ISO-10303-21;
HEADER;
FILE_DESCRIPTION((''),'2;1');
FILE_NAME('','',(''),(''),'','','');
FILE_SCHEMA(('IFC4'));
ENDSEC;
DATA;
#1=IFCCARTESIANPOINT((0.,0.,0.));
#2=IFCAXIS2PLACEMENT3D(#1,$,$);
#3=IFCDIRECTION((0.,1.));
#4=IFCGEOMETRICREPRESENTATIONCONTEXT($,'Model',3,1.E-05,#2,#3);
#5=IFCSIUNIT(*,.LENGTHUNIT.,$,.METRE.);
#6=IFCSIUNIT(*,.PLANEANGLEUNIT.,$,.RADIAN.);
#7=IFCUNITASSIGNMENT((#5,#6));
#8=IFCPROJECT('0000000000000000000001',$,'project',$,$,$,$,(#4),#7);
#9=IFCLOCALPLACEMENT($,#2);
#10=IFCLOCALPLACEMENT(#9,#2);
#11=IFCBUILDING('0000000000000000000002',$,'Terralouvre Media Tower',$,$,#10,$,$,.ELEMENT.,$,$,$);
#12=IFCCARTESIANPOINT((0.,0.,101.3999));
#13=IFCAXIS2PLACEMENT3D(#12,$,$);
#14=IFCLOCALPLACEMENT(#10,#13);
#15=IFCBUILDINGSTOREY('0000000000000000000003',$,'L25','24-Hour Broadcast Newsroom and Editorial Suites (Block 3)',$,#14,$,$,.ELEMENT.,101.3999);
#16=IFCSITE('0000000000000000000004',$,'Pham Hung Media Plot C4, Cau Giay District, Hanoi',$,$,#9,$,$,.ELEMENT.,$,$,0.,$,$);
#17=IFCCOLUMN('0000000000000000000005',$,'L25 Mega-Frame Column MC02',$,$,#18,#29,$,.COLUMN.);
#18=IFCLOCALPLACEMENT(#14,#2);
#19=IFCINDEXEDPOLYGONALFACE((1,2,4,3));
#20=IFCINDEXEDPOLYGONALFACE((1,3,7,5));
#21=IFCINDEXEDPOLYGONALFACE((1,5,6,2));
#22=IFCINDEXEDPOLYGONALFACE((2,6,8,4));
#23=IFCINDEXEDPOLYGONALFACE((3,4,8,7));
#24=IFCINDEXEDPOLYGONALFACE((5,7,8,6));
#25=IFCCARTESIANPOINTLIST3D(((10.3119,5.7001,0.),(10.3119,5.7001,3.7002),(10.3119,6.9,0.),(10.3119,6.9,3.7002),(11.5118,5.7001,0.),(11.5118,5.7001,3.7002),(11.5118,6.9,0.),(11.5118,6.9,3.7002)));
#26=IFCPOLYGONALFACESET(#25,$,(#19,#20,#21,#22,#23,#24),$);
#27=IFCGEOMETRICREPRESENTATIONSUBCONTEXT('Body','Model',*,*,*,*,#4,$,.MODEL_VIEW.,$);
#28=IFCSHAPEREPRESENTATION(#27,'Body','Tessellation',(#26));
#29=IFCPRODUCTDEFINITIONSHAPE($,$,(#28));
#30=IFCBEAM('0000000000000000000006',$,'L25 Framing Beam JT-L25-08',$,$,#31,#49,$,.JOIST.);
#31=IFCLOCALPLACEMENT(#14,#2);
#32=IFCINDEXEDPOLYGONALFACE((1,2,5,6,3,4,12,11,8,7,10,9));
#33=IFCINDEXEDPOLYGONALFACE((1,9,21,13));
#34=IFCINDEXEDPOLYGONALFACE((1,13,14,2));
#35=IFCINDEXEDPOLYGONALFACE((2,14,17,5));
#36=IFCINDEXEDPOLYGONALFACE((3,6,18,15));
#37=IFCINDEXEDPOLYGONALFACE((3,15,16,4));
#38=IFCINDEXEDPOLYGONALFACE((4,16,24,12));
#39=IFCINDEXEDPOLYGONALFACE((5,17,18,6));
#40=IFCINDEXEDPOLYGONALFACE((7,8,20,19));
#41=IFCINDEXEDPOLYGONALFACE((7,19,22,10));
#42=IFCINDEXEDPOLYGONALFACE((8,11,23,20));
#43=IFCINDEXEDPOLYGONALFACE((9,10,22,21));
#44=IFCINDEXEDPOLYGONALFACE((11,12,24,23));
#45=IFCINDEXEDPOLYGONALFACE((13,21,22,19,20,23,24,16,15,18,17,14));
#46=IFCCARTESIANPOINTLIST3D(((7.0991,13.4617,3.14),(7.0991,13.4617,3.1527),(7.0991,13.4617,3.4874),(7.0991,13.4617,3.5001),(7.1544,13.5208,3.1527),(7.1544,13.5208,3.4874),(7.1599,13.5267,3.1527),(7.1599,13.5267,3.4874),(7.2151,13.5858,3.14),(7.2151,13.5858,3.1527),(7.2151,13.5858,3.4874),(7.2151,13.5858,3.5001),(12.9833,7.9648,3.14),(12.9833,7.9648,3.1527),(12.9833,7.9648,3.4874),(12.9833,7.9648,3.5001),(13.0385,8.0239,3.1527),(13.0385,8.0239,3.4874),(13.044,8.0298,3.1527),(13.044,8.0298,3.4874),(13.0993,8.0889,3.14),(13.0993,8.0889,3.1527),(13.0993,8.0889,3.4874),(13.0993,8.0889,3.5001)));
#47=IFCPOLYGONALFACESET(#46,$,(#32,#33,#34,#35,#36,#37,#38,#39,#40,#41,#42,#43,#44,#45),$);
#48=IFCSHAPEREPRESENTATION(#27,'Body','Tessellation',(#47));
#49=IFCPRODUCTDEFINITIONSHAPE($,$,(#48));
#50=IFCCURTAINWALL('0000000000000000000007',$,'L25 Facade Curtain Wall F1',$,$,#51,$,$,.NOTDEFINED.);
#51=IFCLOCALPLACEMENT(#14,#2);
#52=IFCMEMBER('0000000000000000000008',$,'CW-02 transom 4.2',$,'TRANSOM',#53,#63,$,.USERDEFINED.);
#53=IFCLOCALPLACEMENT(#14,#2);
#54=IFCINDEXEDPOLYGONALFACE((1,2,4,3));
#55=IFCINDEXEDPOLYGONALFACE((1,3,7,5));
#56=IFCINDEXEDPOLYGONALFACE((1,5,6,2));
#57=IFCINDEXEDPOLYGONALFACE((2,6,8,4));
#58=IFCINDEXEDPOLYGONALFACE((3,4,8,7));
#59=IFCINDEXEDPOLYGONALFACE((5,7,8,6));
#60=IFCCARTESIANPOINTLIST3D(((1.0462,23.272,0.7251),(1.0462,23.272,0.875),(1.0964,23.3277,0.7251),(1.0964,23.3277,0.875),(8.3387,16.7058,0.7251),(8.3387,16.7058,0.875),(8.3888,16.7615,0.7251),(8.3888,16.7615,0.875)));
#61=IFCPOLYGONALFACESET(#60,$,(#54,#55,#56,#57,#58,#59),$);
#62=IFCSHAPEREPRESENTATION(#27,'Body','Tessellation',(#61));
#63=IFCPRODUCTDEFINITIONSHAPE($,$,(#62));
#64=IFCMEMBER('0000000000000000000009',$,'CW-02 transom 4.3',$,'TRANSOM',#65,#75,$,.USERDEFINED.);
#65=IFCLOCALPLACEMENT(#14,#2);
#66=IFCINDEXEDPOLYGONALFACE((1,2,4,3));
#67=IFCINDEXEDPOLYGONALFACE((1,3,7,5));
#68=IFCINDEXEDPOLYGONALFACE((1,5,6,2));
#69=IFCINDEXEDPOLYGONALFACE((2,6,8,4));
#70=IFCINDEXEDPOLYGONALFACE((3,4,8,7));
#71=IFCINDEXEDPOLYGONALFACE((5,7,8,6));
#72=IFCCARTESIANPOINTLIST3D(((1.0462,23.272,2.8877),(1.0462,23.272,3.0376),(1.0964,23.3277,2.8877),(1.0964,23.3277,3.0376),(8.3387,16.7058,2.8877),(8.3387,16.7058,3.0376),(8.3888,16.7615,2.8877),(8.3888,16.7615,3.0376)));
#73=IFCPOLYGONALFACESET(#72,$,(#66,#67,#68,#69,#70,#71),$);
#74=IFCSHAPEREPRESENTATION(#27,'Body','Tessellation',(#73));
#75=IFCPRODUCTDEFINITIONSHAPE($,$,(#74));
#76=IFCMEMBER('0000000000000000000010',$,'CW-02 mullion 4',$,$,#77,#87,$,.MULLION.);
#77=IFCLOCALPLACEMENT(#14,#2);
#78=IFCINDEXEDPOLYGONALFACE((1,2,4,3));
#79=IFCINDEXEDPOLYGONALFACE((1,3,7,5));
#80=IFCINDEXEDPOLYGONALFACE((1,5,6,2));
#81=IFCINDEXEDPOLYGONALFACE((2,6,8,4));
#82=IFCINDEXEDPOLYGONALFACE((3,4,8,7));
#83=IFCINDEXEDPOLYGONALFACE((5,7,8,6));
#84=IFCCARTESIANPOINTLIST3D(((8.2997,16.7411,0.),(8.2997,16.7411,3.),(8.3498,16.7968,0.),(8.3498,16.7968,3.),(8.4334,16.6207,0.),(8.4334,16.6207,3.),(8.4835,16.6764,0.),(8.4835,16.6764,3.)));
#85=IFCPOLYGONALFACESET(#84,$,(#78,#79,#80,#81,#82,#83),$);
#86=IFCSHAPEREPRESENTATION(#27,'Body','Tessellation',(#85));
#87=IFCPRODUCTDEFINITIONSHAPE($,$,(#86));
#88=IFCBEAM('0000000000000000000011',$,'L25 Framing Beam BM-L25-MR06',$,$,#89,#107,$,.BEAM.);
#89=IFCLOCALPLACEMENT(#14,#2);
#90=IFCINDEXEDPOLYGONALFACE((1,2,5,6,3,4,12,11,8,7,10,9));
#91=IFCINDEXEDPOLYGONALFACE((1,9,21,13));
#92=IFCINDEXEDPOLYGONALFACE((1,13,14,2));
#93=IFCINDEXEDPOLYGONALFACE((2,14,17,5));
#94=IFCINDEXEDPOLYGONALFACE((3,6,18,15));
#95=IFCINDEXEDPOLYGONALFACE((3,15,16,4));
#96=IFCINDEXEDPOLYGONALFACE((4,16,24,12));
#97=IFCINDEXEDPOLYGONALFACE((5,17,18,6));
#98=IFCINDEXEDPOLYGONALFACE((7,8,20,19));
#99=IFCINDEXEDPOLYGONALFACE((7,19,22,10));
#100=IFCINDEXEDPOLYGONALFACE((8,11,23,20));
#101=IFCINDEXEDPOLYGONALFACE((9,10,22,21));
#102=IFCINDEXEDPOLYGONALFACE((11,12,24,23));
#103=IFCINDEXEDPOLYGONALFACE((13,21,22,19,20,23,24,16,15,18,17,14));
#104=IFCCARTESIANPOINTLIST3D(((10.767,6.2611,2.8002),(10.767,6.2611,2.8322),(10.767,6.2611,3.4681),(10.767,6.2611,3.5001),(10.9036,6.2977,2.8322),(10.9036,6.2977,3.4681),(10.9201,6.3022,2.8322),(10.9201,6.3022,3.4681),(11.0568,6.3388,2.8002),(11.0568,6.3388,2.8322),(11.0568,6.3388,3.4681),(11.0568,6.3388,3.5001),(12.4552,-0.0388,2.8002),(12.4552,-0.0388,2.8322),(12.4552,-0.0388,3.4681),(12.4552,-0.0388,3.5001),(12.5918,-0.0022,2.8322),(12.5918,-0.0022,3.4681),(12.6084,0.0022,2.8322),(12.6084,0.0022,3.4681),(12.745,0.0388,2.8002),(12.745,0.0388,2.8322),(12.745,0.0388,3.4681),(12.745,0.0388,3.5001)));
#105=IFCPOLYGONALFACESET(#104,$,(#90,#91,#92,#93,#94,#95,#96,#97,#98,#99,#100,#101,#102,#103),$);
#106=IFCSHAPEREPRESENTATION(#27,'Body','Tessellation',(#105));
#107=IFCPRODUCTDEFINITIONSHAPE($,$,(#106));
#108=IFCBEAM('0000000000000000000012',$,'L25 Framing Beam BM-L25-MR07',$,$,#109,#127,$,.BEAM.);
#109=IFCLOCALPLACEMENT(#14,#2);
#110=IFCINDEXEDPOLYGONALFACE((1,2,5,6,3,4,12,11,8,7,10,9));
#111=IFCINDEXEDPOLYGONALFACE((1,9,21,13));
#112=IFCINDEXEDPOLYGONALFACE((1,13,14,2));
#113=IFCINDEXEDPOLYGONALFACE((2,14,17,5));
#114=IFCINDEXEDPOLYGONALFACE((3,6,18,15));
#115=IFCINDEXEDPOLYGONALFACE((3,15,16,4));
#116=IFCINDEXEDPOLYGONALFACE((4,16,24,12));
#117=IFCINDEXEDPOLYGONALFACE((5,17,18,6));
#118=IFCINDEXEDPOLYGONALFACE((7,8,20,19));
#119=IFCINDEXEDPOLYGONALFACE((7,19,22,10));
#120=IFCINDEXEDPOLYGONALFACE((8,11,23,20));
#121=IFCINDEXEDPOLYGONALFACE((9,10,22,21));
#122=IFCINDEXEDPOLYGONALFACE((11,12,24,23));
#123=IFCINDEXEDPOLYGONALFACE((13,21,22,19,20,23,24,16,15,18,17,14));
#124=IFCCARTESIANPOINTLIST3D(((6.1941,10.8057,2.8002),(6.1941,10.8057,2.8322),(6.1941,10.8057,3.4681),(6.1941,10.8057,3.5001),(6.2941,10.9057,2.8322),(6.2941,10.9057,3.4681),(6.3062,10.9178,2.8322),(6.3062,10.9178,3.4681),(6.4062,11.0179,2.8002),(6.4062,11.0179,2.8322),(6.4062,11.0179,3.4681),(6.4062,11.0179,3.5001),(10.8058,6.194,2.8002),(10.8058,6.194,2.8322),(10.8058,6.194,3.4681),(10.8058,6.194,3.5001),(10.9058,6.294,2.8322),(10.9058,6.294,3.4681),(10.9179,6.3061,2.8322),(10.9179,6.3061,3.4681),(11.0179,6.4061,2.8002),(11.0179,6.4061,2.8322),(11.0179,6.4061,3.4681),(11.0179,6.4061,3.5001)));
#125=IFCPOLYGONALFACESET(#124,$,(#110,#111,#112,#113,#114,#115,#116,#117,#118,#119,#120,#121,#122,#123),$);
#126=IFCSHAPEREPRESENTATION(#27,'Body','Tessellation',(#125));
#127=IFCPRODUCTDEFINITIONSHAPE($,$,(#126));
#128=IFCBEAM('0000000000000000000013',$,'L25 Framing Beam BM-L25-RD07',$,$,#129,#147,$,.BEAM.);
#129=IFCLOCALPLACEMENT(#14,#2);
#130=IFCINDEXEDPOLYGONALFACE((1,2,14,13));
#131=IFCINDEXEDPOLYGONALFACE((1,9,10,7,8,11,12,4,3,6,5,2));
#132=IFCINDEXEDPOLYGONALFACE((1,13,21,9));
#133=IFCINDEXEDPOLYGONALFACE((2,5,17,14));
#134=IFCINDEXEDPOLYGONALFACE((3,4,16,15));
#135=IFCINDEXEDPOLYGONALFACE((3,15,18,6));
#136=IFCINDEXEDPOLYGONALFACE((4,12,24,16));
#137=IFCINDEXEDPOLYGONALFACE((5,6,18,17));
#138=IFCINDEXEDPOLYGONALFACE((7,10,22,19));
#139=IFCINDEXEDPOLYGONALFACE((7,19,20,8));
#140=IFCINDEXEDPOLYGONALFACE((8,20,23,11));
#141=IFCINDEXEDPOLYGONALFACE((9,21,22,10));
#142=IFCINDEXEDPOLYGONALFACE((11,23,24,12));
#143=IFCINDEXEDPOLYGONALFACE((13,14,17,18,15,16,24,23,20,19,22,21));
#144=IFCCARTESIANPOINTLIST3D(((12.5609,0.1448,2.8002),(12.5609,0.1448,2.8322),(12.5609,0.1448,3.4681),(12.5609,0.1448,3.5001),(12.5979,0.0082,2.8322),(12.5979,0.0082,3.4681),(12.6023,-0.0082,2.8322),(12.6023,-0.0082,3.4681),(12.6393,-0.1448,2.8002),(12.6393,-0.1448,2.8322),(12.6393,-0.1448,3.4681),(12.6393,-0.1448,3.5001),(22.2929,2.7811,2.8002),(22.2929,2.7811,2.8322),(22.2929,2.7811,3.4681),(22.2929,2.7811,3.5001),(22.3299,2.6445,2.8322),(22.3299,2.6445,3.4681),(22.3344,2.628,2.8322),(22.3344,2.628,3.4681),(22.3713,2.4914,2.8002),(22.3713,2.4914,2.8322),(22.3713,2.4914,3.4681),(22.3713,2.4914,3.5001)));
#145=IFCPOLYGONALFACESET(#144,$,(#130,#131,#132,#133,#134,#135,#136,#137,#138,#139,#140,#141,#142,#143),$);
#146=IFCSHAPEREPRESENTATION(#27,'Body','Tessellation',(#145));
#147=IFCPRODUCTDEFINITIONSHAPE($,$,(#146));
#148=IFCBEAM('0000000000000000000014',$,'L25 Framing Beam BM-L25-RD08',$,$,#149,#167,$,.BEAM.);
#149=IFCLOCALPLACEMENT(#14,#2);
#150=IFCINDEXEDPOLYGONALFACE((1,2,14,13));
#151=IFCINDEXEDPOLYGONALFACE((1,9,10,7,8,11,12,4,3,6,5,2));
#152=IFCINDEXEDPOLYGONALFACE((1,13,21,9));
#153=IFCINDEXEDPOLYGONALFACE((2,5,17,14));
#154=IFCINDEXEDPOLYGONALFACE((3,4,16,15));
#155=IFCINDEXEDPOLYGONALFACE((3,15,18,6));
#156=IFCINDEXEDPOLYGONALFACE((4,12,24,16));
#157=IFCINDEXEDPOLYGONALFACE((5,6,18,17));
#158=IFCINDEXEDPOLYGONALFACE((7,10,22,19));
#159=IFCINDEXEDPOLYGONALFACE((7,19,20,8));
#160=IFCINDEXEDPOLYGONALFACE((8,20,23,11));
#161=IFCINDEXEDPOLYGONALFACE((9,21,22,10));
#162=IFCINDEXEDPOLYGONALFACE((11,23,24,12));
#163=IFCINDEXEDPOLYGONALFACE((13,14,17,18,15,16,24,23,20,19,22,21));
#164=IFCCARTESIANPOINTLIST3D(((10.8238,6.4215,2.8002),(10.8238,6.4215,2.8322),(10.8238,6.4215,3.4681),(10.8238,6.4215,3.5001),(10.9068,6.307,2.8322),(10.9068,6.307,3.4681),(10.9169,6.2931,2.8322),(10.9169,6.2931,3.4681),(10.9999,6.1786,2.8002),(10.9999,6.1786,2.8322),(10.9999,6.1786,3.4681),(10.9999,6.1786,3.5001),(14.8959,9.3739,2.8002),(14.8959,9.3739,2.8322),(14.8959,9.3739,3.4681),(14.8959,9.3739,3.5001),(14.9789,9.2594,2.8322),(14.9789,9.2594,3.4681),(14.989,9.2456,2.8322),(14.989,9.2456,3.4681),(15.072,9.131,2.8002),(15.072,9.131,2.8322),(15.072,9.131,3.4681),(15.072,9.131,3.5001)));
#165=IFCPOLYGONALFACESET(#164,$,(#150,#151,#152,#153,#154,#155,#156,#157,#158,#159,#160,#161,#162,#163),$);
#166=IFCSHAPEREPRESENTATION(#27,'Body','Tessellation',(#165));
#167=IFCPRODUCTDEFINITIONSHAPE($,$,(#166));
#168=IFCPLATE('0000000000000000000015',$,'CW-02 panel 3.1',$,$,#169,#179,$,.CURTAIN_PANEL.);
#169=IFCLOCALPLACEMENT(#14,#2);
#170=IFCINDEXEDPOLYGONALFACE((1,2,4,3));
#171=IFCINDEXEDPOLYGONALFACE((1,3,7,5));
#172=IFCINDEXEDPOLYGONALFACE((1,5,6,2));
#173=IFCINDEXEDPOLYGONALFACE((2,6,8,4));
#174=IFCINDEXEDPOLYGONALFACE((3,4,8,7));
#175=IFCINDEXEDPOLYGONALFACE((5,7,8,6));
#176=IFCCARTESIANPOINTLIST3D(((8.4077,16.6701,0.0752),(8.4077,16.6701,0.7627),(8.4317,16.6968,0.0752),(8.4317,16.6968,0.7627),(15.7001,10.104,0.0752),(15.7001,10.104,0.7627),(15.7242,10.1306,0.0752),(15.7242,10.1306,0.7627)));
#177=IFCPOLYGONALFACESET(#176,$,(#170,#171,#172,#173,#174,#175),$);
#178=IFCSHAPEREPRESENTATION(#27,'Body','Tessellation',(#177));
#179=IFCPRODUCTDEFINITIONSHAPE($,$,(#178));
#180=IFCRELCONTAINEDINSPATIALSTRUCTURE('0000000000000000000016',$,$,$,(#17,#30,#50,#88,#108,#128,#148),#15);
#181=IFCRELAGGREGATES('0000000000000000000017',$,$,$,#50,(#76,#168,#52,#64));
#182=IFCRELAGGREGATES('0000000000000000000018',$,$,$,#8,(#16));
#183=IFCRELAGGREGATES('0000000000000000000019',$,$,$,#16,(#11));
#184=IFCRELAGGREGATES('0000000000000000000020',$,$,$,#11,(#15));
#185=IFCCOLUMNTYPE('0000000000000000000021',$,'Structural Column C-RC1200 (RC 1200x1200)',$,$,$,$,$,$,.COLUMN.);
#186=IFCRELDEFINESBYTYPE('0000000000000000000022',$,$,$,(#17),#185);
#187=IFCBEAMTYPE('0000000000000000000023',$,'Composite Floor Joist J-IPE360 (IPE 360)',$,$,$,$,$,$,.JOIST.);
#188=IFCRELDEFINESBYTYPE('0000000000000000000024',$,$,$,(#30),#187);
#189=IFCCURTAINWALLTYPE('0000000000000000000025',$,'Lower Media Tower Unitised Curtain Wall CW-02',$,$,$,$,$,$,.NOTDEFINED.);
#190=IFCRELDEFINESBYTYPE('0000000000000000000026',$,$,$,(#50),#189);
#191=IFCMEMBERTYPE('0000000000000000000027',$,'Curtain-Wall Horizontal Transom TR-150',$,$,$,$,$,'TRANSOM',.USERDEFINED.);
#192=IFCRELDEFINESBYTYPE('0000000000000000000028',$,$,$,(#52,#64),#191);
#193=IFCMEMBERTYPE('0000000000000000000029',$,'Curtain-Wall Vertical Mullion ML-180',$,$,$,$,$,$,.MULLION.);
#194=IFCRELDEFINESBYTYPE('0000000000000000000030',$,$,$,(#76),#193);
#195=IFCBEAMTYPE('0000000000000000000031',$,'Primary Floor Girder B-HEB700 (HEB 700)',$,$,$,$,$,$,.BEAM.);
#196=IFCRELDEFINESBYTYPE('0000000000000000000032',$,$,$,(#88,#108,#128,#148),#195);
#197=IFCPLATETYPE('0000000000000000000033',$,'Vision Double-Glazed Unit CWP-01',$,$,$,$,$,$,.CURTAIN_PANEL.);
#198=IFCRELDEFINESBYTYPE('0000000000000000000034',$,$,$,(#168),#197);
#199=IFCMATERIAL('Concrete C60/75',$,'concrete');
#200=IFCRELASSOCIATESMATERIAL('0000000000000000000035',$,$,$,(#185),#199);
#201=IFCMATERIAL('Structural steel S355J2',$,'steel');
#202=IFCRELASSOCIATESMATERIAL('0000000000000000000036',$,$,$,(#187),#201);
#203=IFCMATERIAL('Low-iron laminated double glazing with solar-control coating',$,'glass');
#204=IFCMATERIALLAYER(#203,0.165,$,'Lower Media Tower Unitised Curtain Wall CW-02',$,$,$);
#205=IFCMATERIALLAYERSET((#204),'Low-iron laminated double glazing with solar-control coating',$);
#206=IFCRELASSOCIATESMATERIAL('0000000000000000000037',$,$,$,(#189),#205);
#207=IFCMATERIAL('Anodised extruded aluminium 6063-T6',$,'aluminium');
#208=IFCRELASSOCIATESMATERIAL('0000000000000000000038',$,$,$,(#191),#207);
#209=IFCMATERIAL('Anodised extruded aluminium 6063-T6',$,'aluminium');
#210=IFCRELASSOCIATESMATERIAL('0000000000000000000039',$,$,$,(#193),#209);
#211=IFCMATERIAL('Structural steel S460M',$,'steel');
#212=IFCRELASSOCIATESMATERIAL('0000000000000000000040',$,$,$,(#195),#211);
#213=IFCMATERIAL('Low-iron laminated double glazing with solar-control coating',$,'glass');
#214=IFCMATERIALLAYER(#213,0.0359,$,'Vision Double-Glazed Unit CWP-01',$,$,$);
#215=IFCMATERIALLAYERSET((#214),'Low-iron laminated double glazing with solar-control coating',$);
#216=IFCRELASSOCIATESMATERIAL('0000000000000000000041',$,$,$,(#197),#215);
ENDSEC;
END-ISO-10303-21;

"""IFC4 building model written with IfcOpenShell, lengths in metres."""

from ifc_helpers import new_model, si_unit, direction, frame, origin, origin_2d, place, context, subcontext, project, spatial, rectangle, i_section, extrude, material, layer, layer_set, material_profile, profile_set, type_object, element, aggregate, save


model = new_model("IFC4")

# Units and contexts
model_context = context("Model", 3, precision=1e-05, world=origin(), true_north=direction((0.0, 1.0)))
body_context = subcontext(model_context, "Body", "Model", "MODEL_VIEW")
ifc_project = project(units=[si_unit("LENGTHUNIT", "METRE"), si_unit("PLANEANGLEUNIT", "RADIAN")], contexts=[model_context])

# Site, building, storey
site_placement = place(None, origin())
site = spatial("IfcSite", under=ifc_project, at=site_placement, Name="Pham Hung Media Plot C4, Cau Giay District, Hanoi", CompositionType="ELEMENT", RefElevation=0.0)
building_placement = place(site_placement, origin())
building = spatial("IfcBuilding", under=site, at=building_placement, Name="Terralouvre Media Tower", CompositionType="ELEMENT")
storey_placement = place(building_placement, frame((0.0, 0.0, 101.3999)))
storey = spatial("IfcBuildingStorey", under=building, at=storey_placement, Name="L25", Description="24-Hour Broadcast Newsroom and Editorial Suites (Block 3)", CompositionType="ELEMENT", Elevation=101.3999)

# Column
ifc_material_1 = material(Name="Concrete C60/75", Category="concrete")
ifc_material_profile_1 = material_profile(ifc_material_1, rectangle(XDim=1.2, YDim=1.2, at=origin_2d()), Name="RC 1200x1200")
ifc_profile_set_1 = profile_set([ifc_material_profile_1], Name="Concrete C60/75")
column_type = type_object("IfcColumnType", Name="Structural Column C-RC1200 (RC 1200x1200)", PredefinedType="COLUMN", material=ifc_profile_set_1)
column_placement = place(storey_placement, frame((10.9119, 6.3, 0.0), z_axis=(0.0, 0.0, 1.0), x_axis=(1.0, 0.0, 0.0)))
element("IfcColumn", 1, at=column_placement, inside=storey, type_object=column_type, Name="L25 Mega-Frame Column MC02", PredefinedType="COLUMN", context=body_context, shape_type="SweptSolid", body=[
    extrude(rectangle(XDim=1.2, YDim=1.2, at=origin_2d()), origin(), (0.0, 0.0, 1.0), 3.7002),
])

# Beam
ifc_material_2 = material(Name="Structural steel S355J2", Category="steel")
ifc_material_profile_2 = material_profile(ifc_material_2, i_section(OverallWidth=0.1699, OverallDepth=0.3601, WebThickness=0.0081, FlangeThickness=0.0127, at=origin_2d()), Name="IPE 360")
ifc_profile_set_2 = profile_set([ifc_material_profile_2], Name="Structural steel S355J2")
beam_type_1 = type_object("IfcBeamType", Name="Composite Floor Joist J-IPE360 (IPE 360)", PredefinedType="JOIST", material=ifc_profile_set_2)
beam_1_placement = place(storey_placement, frame((13.0413, 8.0269, 3.3201), z_axis=(-0.730742, 0.682654, 0.0), x_axis=(-0.682654, -0.730742, 0.0)))
element("IfcBeam", 2, at=beam_1_placement, inside=storey, type_object=beam_type_1, Name="L25 Framing Beam JT-L25-08", PredefinedType="JOIST", context=body_context, shape_type="SweptSolid", body=[
    extrude(i_section(OverallWidth=0.1699, OverallDepth=0.3601, WebThickness=0.0081, FlangeThickness=0.0127, at=origin_2d()), origin(), (0.0, 0.0, 1.0), 8.0522),
])

# Curtain wall, members
ifc_material_3 = material(Name="Low-iron laminated double glazing with solar-control coating", Category="glass")
ifc_layer_1 = layer(ifc_material_3, 0.165, Name="Lower Media Tower Unitised Curtain Wall CW-02")
ifc_layer_set_1 = layer_set([ifc_layer_1], Name="Low-iron laminated double glazing with solar-control coating")
curtain_wall_type = type_object("IfcCurtainWallType", Name="Lower Media Tower Unitised Curtain Wall CW-02", PredefinedType="NOTDEFINED", material=ifc_layer_set_1)
curtain_wall_placement = place(storey_placement, origin())
curtain_wall = element("IfcCurtainWall", 3, at=curtain_wall_placement, inside=storey, type_object=curtain_wall_type, Name="L25 Facade Curtain Wall F1", PredefinedType="NOTDEFINED")
ifc_material_4 = material(Name="Anodised extruded aluminium 6063-T6", Category="aluminium")
ifc_material_profile_3 = material_profile(ifc_material_4, rectangle(XDim=0.075, YDim=0.1499, at=origin_2d()), Name="ALU 75x150")
ifc_profile_set_3 = profile_set([ifc_material_profile_3], Name="Anodised extruded aluminium 6063-T6")
member_type_1 = type_object("IfcMemberType", Name="Curtain-Wall Horizontal Transom TR-150", ElementType="TRANSOM", PredefinedType="USERDEFINED", material=ifc_profile_set_3)
member_1_placement = place(storey_placement, frame((8.3638, 16.7336, 0.8), z_axis=(-0.743146, 0.66913, 0.0), x_axis=(-0.66913, -0.743146, 0.0)))
member_1 = element("IfcMember", 4, at=member_1_placement, type_object=member_type_1, Name="CW-02 transom 4.2", ObjectType="TRANSOM", PredefinedType="USERDEFINED", context=body_context, shape_type="SweptSolid", body=[
    extrude(rectangle(XDim=0.075, YDim=0.1499, at=origin_2d()), origin(), (0.0, 0.0, 1.0), 9.813),
])
member_2_placement = place(storey_placement, frame((8.3638, 16.7336, 2.9626), z_axis=(-0.743146, 0.66913, 0.0), x_axis=(-0.66913, -0.743146, 0.0)))
member_2 = element("IfcMember", 5, at=member_2_placement, type_object=member_type_1, Name="CW-02 transom 4.3", ObjectType="TRANSOM", PredefinedType="USERDEFINED", context=body_context, shape_type="SweptSolid", body=[
    extrude(rectangle(XDim=0.075, YDim=0.1499, at=origin_2d()), origin(), (0.0, 0.0, 1.0), 9.813),
])
ifc_material_5 = material(Name="Anodised extruded aluminium 6063-T6", Category="aluminium")
ifc_material_profile_4 = material_profile(ifc_material_5, rectangle(XDim=0.075, YDim=0.1799, at=origin_2d()), Name="ALU 75x180")
ifc_profile_set_4 = profile_set([ifc_material_profile_4], Name="Anodised extruded aluminium 6063-T6")
member_type_2 = type_object("IfcMemberType", Name="Curtain-Wall Vertical Mullion ML-180", PredefinedType="MULLION", material=ifc_profile_set_4)
member_3_placement = place(storey_placement, frame((8.3916, 16.7087, 0.0), z_axis=(0.0, 0.0, 1.0), x_axis=(-0.669131, -0.743145, 0.0)))
member_3 = element("IfcMember", 6, at=member_3_placement, type_object=member_type_2, Name="CW-02 mullion 4", PredefinedType="MULLION", context=body_context, shape_type="SweptSolid", body=[
    extrude(rectangle(XDim=0.075, YDim=0.1799, at=origin_2d()), origin(), (0.0, 0.0, 1.0), 3.0),
])

# Beams
ifc_material_6 = material(Name="Structural steel S460M", Category="steel")
ifc_material_profile_5 = material_profile(ifc_material_6, i_section(OverallWidth=0.3, OverallDepth=0.7, WebThickness=0.0171, FlangeThickness=0.032, at=origin_2d()), Name="HEB 700")
ifc_profile_set_5 = profile_set([ifc_material_profile_5], Name="Structural steel S460M")
beam_type_2 = type_object("IfcBeamType", Name="Primary Floor Girder B-HEB700 (HEB 700)", PredefinedType="BEAM", material=ifc_profile_set_5)
beam_2_placement = place(storey_placement, frame((12.6001, 0.0, 3.1501), z_axis=(-0.258839, 0.96592, 0.0), x_axis=(-0.96592, -0.258839, 0.0)))
element("IfcBeam", 7, at=beam_2_placement, inside=storey, type_object=beam_type_2, Name="L25 Framing Beam BM-L25-MR06", PredefinedType="BEAM", context=body_context, shape_type="SweptSolid", body=[
    extrude(i_section(OverallWidth=0.3, OverallDepth=0.7, WebThickness=0.0171, FlangeThickness=0.032, at=origin_2d()), origin(), (0.0, 0.0, 1.0), 6.5222),
])
beam_3_placement = place(storey_placement, frame((10.9119, 6.3, 3.1501), z_axis=(-0.707107, 0.707107, 0.0), x_axis=(-0.707107, -0.707107, 0.0)))
element("IfcBeam", 8, at=beam_3_placement, inside=storey, type_object=beam_type_2, Name="L25 Framing Beam BM-L25-MR07", PredefinedType="BEAM", context=body_context, shape_type="SweptSolid", body=[
    extrude(i_section(OverallWidth=0.3, OverallDepth=0.7, WebThickness=0.0171, FlangeThickness=0.032, at=origin_2d()), origin(), (0.0, 0.0, 1.0), 6.522),
])
beam_4_placement = place(storey_placement, frame((12.6001, 0.0, 3.1501), z_axis=(0.965214, 0.261462, 0.0), x_axis=(-0.261462, 0.965214, 0.0)))
element("IfcBeam", 9, at=beam_4_placement, inside=storey, type_object=beam_type_2, Name="L25 Framing Beam BM-L25-RD07", PredefinedType="BEAM", context=body_context, shape_type="SweptSolid", body=[
    extrude(i_section(OverallWidth=0.3, OverallDepth=0.7, WebThickness=0.0171, FlangeThickness=0.032, at=origin_2d()), origin(), (0.0, 0.0, 1.0), 10.0828),
])
beam_5_placement = place(storey_placement, frame((10.9119, 6.3, 3.1501), z_axis=(0.809594, 0.586991, 0.0), x_axis=(-0.586991, 0.809594, 0.0)))
element("IfcBeam", 10, at=beam_5_placement, inside=storey, type_object=beam_type_2, Name="L25 Framing Beam BM-L25-RD08", PredefinedType="BEAM", context=body_context, shape_type="SweptSolid", body=[
    extrude(i_section(OverallWidth=0.3, OverallDepth=0.7, WebThickness=0.0171, FlangeThickness=0.032, at=origin_2d()), origin(), (0.0, 0.0, 1.0), 5.0298),
])

# Plate
ifc_material_7 = material(Name="Low-iron laminated double glazing with solar-control coating", Category="glass")
ifc_layer_2 = layer(ifc_material_7, 0.0359, Name="Vision Double-Glazed Unit CWP-01")
ifc_layer_set_2 = layer_set([ifc_layer_2], Name="Low-iron laminated double glazing with solar-control coating")
plate_type = type_object("IfcPlateType", Name="Vision Double-Glazed Unit CWP-01", PredefinedType="CURTAIN_PANEL", material=ifc_layer_set_2)
plate_1_placement = place(storey_placement, frame((12.0659, 13.4004, 0.0752), z_axis=(0.0, 0.0, 1.0), x_axis=(-0.743145, 0.669131, 0.0)))
plate_1 = element("IfcPlate", 11, at=plate_1_placement, type_object=plate_type, Name="CW-02 panel 3.1", PredefinedType="CURTAIN_PANEL", context=body_context, shape_type="SweptSolid", body=[
    extrude(rectangle(XDim=9.813, YDim=0.0359, at=origin_2d()), origin(), (0.0, 0.0, 1.0), 0.6875),
])
aggregate(curtain_wall, [member_3, plate_1, member_1, member_2])

save(model, "model.ifc")
